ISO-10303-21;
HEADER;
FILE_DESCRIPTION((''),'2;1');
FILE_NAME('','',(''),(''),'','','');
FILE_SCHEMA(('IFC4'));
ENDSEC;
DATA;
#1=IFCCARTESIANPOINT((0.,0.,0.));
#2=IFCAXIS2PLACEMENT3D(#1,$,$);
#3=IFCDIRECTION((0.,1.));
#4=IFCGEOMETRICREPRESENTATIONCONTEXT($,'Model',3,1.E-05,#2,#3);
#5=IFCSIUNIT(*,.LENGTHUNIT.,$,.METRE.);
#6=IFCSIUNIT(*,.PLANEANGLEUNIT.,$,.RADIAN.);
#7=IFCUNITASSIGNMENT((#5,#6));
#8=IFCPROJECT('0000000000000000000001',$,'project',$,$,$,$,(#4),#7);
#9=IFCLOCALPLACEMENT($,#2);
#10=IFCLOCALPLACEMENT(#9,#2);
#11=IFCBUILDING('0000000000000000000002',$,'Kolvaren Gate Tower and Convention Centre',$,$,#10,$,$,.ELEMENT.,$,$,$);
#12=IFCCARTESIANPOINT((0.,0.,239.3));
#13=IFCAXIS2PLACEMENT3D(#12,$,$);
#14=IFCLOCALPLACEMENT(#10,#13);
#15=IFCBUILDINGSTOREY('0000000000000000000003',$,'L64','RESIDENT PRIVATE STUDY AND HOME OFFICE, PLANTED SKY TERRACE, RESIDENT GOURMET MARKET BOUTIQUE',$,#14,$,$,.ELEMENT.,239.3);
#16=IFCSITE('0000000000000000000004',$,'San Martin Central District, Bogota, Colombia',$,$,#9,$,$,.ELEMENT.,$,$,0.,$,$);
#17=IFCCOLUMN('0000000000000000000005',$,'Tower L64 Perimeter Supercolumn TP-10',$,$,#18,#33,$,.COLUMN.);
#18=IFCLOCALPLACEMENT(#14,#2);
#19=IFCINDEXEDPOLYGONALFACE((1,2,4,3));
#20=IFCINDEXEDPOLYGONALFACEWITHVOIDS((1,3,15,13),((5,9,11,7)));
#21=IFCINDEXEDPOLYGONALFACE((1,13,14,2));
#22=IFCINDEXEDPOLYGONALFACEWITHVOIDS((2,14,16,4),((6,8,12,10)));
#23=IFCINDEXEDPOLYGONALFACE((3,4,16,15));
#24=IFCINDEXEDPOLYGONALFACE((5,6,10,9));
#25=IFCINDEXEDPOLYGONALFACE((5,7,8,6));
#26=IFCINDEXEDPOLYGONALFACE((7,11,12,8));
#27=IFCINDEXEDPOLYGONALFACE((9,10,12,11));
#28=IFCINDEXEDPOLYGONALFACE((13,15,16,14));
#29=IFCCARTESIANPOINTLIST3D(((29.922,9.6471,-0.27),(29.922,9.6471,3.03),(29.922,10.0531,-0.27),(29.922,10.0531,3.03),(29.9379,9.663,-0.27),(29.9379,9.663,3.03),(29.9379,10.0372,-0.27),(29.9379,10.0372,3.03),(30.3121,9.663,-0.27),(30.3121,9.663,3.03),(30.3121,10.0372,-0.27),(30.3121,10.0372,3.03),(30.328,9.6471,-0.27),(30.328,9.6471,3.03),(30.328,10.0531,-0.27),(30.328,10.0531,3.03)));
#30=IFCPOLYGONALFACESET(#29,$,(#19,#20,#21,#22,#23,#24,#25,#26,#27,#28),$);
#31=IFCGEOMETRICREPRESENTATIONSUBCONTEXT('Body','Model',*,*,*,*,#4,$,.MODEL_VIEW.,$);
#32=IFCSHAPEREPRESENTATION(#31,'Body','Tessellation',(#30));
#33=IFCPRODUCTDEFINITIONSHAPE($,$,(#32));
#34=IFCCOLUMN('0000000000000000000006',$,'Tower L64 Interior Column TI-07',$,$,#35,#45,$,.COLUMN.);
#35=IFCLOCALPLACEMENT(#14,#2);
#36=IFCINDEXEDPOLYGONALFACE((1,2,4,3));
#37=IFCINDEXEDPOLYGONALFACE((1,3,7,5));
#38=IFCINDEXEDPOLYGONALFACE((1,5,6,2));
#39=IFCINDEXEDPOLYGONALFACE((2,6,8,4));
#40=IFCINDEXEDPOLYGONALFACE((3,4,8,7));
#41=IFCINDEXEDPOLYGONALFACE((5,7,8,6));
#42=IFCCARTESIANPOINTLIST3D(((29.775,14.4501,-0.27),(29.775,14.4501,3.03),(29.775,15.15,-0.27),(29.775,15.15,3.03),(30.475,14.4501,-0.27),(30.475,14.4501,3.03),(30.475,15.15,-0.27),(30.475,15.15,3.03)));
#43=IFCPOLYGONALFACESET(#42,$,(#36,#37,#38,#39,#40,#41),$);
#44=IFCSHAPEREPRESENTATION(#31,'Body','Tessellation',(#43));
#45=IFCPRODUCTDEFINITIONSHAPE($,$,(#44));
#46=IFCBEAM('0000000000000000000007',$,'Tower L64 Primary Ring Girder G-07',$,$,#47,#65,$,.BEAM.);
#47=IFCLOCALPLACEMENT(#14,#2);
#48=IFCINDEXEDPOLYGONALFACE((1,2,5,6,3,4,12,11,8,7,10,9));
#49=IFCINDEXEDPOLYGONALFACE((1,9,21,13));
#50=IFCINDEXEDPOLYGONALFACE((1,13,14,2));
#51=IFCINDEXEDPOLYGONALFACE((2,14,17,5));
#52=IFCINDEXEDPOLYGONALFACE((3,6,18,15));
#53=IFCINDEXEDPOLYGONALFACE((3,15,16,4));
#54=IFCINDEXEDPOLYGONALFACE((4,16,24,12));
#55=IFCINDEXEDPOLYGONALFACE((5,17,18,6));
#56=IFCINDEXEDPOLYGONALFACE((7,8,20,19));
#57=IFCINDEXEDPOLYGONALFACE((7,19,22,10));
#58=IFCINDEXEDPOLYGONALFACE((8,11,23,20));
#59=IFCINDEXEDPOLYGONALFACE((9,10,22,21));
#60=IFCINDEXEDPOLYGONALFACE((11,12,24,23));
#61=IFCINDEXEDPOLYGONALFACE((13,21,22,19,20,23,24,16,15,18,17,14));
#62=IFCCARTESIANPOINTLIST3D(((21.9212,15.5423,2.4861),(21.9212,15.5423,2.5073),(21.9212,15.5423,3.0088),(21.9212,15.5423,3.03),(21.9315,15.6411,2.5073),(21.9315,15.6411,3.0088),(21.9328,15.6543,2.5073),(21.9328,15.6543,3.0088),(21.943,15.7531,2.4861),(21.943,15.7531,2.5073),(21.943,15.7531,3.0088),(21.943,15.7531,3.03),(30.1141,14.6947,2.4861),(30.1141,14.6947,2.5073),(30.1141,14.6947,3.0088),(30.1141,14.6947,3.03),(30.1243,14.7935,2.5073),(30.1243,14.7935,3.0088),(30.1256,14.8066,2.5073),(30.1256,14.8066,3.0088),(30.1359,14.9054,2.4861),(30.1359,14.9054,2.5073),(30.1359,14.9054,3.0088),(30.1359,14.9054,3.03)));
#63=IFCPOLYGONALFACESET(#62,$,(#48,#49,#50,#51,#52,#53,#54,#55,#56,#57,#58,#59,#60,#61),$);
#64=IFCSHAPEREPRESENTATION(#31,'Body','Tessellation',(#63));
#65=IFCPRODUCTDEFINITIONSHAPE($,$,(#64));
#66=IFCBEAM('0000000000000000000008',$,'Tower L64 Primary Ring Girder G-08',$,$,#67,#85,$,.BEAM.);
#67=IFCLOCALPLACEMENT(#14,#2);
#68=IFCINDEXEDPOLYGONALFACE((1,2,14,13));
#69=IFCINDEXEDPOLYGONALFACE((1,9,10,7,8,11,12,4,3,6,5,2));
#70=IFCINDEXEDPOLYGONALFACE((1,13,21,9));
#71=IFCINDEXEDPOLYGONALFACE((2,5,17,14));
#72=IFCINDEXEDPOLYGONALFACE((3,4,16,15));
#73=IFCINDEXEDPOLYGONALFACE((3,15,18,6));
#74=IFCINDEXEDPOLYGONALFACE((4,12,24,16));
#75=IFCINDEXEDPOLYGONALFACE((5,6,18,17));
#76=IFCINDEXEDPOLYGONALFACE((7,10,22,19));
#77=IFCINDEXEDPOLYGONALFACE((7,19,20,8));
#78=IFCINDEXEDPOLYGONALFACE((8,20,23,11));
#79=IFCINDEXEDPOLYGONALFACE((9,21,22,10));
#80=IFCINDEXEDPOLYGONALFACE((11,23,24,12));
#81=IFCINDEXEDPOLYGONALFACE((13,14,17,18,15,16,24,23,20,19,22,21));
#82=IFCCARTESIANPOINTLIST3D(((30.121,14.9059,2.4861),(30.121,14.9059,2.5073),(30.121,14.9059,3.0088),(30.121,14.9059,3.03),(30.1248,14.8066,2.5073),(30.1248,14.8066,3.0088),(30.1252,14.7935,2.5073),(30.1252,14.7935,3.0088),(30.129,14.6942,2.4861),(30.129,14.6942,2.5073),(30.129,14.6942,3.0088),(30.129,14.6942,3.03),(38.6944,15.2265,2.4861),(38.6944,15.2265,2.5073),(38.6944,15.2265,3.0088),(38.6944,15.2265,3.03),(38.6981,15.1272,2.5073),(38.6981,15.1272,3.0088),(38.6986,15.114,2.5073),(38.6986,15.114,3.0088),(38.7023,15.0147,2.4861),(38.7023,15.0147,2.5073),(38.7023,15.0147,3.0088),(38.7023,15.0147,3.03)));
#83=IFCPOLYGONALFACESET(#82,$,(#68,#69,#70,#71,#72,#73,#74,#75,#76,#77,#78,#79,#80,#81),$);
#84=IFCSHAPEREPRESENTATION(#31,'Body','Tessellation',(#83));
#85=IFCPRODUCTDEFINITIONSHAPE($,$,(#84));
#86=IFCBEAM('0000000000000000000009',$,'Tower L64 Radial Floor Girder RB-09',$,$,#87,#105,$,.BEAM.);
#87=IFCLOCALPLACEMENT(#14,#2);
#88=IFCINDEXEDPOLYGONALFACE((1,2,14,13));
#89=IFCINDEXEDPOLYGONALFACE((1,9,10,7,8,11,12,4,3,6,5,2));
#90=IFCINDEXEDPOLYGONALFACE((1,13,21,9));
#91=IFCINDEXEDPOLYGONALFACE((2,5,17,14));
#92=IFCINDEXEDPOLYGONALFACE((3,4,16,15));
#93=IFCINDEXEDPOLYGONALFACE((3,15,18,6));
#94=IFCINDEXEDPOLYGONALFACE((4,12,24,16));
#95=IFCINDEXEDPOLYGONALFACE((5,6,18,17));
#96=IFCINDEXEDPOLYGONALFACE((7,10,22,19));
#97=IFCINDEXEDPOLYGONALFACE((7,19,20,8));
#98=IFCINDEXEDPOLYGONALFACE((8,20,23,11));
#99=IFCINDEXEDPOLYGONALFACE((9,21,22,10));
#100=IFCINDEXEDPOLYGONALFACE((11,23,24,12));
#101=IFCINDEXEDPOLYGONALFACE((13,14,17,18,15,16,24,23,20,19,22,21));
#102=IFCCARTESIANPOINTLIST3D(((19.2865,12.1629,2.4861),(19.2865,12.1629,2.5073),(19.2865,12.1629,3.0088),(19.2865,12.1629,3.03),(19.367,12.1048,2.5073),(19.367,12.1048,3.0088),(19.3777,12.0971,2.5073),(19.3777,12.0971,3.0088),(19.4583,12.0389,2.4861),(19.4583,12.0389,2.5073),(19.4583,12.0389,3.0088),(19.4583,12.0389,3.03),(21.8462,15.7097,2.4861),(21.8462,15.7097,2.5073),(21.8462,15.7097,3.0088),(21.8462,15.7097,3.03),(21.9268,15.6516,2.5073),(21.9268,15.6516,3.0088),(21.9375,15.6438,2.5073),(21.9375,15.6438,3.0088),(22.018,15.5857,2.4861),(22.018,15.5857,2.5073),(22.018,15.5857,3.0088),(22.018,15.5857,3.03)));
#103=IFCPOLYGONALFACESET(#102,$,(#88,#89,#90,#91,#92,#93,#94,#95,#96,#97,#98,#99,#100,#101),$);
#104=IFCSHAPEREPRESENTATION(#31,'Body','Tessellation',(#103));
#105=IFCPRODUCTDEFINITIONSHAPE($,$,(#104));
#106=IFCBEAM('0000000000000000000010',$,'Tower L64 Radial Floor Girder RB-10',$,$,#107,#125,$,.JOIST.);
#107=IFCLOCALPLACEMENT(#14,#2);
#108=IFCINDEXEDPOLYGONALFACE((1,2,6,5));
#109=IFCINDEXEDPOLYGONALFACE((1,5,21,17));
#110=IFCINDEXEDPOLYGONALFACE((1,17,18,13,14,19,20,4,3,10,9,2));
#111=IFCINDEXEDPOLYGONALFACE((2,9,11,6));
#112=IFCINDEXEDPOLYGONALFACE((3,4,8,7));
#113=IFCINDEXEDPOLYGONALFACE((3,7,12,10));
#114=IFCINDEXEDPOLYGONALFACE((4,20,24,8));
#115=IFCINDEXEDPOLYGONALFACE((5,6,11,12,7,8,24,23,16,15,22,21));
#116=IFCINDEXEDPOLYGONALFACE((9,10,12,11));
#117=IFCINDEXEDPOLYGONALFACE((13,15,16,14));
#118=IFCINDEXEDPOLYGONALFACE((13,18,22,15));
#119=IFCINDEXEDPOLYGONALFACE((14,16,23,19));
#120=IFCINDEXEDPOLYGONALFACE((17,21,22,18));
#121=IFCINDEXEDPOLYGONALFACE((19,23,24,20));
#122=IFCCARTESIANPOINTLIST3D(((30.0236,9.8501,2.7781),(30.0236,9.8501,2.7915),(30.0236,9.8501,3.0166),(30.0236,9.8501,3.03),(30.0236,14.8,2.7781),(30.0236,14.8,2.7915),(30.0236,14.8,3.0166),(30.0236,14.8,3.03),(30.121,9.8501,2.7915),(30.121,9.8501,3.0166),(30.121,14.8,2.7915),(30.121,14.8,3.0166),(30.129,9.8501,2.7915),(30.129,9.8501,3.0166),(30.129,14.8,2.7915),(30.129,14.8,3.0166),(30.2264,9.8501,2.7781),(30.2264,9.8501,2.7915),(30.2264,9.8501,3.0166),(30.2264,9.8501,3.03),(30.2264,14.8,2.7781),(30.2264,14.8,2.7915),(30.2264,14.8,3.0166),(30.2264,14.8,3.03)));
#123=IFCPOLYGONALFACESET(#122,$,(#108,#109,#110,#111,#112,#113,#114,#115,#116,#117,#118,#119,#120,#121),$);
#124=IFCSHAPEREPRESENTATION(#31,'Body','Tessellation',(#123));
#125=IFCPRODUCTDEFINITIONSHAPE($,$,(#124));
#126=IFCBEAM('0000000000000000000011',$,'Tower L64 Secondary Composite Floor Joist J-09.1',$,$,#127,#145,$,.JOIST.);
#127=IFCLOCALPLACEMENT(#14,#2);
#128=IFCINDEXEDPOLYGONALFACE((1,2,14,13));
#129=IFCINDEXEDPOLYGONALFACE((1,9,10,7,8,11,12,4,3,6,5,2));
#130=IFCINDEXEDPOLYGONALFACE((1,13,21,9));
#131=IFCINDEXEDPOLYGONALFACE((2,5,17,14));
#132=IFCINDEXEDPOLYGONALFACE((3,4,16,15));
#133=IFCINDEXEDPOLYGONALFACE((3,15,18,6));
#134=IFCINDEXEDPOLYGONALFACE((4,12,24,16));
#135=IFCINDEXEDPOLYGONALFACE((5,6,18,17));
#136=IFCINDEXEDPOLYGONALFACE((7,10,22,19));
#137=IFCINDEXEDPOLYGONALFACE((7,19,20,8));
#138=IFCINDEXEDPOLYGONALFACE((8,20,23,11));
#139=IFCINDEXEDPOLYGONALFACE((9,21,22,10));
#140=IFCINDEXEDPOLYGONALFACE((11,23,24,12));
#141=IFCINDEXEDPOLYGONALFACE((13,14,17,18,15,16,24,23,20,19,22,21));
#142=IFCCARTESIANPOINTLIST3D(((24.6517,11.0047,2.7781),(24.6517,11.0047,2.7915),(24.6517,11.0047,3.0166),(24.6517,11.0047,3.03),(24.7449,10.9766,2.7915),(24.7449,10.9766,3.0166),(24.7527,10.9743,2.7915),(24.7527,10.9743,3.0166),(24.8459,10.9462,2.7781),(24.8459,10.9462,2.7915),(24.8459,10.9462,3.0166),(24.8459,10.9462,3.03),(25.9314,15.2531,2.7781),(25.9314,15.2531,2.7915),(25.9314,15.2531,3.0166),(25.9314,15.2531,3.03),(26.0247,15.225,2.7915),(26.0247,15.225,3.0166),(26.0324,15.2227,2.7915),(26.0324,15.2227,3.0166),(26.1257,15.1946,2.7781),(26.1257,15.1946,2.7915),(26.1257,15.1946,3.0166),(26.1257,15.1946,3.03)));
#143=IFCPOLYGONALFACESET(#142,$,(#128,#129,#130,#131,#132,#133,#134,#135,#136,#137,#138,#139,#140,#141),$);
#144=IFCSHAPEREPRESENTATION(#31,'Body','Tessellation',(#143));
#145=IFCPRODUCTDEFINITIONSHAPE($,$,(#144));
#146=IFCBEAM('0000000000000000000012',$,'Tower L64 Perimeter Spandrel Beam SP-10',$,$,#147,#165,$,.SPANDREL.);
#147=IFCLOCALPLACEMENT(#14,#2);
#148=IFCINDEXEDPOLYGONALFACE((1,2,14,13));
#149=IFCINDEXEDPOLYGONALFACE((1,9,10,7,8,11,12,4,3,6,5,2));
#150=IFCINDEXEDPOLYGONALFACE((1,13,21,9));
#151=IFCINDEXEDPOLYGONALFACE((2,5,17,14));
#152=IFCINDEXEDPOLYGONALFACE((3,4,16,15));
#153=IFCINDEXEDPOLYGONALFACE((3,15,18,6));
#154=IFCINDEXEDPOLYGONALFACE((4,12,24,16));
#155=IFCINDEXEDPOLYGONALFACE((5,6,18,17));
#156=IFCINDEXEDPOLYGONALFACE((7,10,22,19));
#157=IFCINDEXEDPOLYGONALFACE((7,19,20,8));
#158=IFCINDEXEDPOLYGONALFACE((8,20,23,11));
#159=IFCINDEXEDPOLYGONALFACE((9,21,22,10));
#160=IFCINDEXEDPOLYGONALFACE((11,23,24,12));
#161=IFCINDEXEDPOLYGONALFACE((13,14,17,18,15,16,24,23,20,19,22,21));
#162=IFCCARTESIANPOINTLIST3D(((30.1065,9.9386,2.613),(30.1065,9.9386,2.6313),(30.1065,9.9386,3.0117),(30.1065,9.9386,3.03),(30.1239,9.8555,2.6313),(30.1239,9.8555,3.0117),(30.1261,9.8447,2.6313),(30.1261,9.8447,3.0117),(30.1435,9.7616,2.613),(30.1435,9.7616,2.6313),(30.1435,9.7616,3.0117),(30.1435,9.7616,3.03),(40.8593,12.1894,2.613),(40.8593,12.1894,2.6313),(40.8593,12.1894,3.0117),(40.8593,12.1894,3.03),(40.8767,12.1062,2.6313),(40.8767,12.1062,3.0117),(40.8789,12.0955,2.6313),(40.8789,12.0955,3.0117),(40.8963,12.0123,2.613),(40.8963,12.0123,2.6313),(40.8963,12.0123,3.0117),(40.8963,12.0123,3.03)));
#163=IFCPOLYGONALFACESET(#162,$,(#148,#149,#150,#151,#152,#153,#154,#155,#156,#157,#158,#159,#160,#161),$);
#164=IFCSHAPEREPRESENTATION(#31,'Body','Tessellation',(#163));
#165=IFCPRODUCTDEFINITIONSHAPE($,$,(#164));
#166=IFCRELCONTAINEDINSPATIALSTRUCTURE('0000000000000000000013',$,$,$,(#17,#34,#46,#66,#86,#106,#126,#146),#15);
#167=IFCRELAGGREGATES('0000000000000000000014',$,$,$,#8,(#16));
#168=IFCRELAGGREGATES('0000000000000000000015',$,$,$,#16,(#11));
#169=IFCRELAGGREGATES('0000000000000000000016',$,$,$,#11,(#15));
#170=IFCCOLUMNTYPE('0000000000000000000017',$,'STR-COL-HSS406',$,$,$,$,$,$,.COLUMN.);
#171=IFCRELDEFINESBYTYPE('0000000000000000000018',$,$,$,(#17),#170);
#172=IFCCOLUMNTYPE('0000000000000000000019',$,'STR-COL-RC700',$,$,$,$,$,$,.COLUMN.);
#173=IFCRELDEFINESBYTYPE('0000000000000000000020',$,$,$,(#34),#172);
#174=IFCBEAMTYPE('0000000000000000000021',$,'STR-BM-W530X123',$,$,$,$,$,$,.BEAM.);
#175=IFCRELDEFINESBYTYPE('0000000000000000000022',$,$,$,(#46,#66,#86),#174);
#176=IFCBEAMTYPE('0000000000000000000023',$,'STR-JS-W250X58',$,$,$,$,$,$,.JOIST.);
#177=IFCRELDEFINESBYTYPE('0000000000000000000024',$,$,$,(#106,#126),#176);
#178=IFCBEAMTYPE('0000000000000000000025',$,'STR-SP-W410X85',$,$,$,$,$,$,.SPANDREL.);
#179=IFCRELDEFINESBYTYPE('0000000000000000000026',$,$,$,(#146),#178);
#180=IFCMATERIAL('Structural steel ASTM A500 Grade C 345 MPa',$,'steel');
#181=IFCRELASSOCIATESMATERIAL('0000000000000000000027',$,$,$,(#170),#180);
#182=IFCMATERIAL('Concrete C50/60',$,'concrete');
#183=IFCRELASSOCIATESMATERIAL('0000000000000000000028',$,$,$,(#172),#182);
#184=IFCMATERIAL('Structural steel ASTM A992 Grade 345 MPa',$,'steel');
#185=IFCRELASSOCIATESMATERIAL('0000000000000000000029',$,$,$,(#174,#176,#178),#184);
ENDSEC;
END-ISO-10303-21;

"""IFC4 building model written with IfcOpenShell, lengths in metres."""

from ifc_helpers import new_model, si_unit, direction, frame, origin, origin_2d, place, context, subcontext, project, spatial, rectangle, hollow_rectangle, i_section, extrude, material, material_profile, profile_set, type_object, element, save


model = new_model("IFC4")

# Units and contexts
model_context = context("Model", 3, precision=1e-05, world=origin(), true_north=direction((0.0, 1.0)))
body_context = subcontext(model_context, "Body", "Model", "MODEL_VIEW")
ifc_project = project(units=[si_unit("LENGTHUNIT", "METRE"), si_unit("PLANEANGLEUNIT", "RADIAN")], contexts=[model_context])

# Site, building, storey
site_placement = place(None, origin())
site = spatial("IfcSite", under=ifc_project, at=site_placement, Name="San Martin Central District, Bogota, Colombia", CompositionType="ELEMENT", RefElevation=0.0)
building_placement = place(site_placement, origin())
building = spatial("IfcBuilding", under=site, at=building_placement, Name="Kolvaren Gate Tower and Convention Centre", CompositionType="ELEMENT")
storey_placement = place(building_placement, frame((0.0, 0.0, 239.3)))
storey = spatial("IfcBuildingStorey", under=building, at=storey_placement, Name="L64", Description="RESIDENT PRIVATE STUDY AND HOME OFFICE, PLANTED SKY TERRACE, RESIDENT GOURMET MARKET BOUTIQUE", CompositionType="ELEMENT", Elevation=239.3)

# Columns
ifc_material_1 = material(Name="Structural steel ASTM A500 Grade C 345 MPa", Category="steel")
ifc_material_profile_1 = material_profile(ifc_material_1, hollow_rectangle(XDim=0.406, YDim=0.406, WallThickness=0.0159, at=origin_2d()), Name="HSS406X406X15.9")
ifc_profile_set_1 = profile_set([ifc_material_profile_1], Name="Structural steel ASTM A500 Grade C 345 MPa")
column_type_1 = type_object("IfcColumnType", Name="STR-COL-HSS406", PredefinedType="COLUMN", material=ifc_profile_set_1)
column_1_placement = place(storey_placement, frame((30.125, 9.8501, -0.27), z_axis=(0.0, 0.0, 1.0), x_axis=(1.0, 0.0, 0.0)))
element("IfcColumn", 1, at=column_1_placement, inside=storey, type_object=column_type_1, Name="Tower L64 Perimeter Supercolumn TP-10", PredefinedType="COLUMN", context=body_context, shape_type="SweptSolid", body=[
    extrude(hollow_rectangle(XDim=0.406, YDim=0.406, WallThickness=0.0159, at=origin_2d()), origin(), (0.0, 0.0, 1.0), 3.3),
])
ifc_material_2 = material(Name="Concrete C50/60", Category="concrete")
ifc_material_profile_2 = material_profile(ifc_material_2, rectangle(XDim=0.7, YDim=0.7, at=origin_2d()), Name="RC-COL-700X700")
ifc_profile_set_2 = profile_set([ifc_material_profile_2], Name="Concrete C50/60")
column_type_2 = type_object("IfcColumnType", Name="STR-COL-RC700", PredefinedType="COLUMN", material=ifc_profile_set_2)
column_2_placement = place(storey_placement, frame((30.125, 14.8, -0.27), z_axis=(0.0, 0.0, 1.0), x_axis=(1.0, 0.0, 0.0)))
element("IfcColumn", 2, at=column_2_placement, inside=storey, type_object=column_type_2, Name="Tower L64 Interior Column TI-07", PredefinedType="COLUMN", context=body_context, shape_type="SweptSolid", body=[
    extrude(rectangle(XDim=0.7, YDim=0.7, at=origin_2d()), origin(), (0.0, 0.0, 1.0), 3.3),
])

# Beams
ifc_material_3 = material(Name="Structural steel ASTM A992 Grade 345 MPa", Category="steel")
ifc_material_profile_3 = material_profile(ifc_material_3, i_section(OverallWidth=0.2119, OverallDepth=0.5439, WebThickness=0.0132, FlangeThickness=0.0212, at=origin_2d()), Name="W530X123")
ifc_profile_set_3 = profile_set([ifc_material_profile_3], Name="Structural steel ASTM A992 Grade 345 MPa")
beam_type_1 = type_object("IfcBeamType", Name="STR-BM-W530X123", PredefinedType="BEAM", material=ifc_profile_set_3)
beam_1_placement = place(storey_placement, frame((21.9321, 15.6477, 2.7581), z_axis=(0.99469, -0.102913, 0.0), x_axis=(0.102913, 0.99469, 0.0)))
element("IfcBeam", 3, at=beam_1_placement, inside=storey, type_object=beam_type_1, Name="Tower L64 Primary Ring Girder G-07", PredefinedType="BEAM", context=body_context, shape_type="SweptSolid", body=[
    extrude(i_section(OverallWidth=0.2119, OverallDepth=0.5439, WebThickness=0.0132, FlangeThickness=0.0212, at=origin_2d()), origin(), (0.0, 0.0, 1.0), 8.2366),
])
beam_2_placement = place(storey_placement, frame((30.125, 14.8, 2.7581), z_axis=(0.999302, 0.037364, 0.0), x_axis=(-0.037364, 0.999302, 0.0)))
element("IfcBeam", 4, at=beam_2_placement, inside=storey, type_object=beam_type_1, Name="Tower L64 Primary Ring Girder G-08", PredefinedType="BEAM", context=body_context, shape_type="SweptSolid", body=[
    extrude(i_section(OverallWidth=0.2119, OverallDepth=0.5439, WebThickness=0.0132, FlangeThickness=0.0212, at=origin_2d()), origin(), (0.0, 0.0, 1.0), 8.5793),
])
beam_3_placement = place(storey_placement, frame((21.9321, 15.6477, 2.7581), z_axis=(-0.585217, -0.810876, 0.0), x_axis=(0.810876, -0.585217, 0.0)))
element("IfcBeam", 5, at=beam_3_placement, inside=storey, type_object=beam_type_1, Name="Tower L64 Radial Floor Girder RB-09", PredefinedType="BEAM", context=body_context, shape_type="SweptSolid", body=[
    extrude(i_section(OverallWidth=0.2119, OverallDepth=0.5439, WebThickness=0.0132, FlangeThickness=0.0212, at=origin_2d()), origin(), (0.0, 0.0, 1.0), 4.374),
])
ifc_material_profile_4 = material_profile(ifc_material_3, i_section(OverallWidth=0.2029, OverallDepth=0.252, WebThickness=0.0081, FlangeThickness=0.0134, at=origin_2d()), Name="W250X58")
ifc_profile_set_4 = profile_set([ifc_material_profile_4], Name="Structural steel ASTM A992 Grade 345 MPa")
beam_type_2 = type_object("IfcBeamType", Name="STR-JS-W250X58", PredefinedType="JOIST", material=ifc_profile_set_4)
beam_4_placement = place(storey_placement, frame((30.125, 14.8, 2.9041), z_axis=(0.0, -1.0, 0.0), x_axis=(1.0, 0.0, 0.0)))
element("IfcBeam", 6, at=beam_4_placement, inside=storey, type_object=beam_type_2, Name="Tower L64 Radial Floor Girder RB-10", PredefinedType="JOIST", context=body_context, shape_type="SweptSolid", body=[
    extrude(i_section(OverallWidth=0.2029, OverallDepth=0.252, WebThickness=0.0081, FlangeThickness=0.0134, at=origin_2d()), origin(), (0.0, 0.0, 1.0), 4.95),
])
beam_5_placement = place(storey_placement, frame((26.0286, 15.2239, 2.9041), z_axis=(-0.288428, -0.957502, 0.0), x_axis=(0.957502, -0.288428, 0.0)))
element("IfcBeam", 7, at=beam_5_placement, inside=storey, type_object=beam_type_2, Name="Tower L64 Secondary Composite Floor Joist J-09.1", PredefinedType="JOIST", context=body_context, shape_type="SweptSolid", body=[
    extrude(i_section(OverallWidth=0.2029, OverallDepth=0.252, WebThickness=0.0081, FlangeThickness=0.0134, at=origin_2d()), origin(), (0.0, 0.0, 1.0), 4.437),
])
ifc_material_profile_5 = material_profile(ifc_material_3, i_section(OverallWidth=0.1809, OverallDepth=0.417, WebThickness=0.011, FlangeThickness=0.0183, at=origin_2d()), Name="W410X85")
ifc_profile_set_5 = profile_set([ifc_material_profile_5], Name="Structural steel ASTM A992 Grade 345 MPa")
beam_type_3 = type_object("IfcBeamType", Name="STR-SP-W410X85", PredefinedType="SPANDREL", material=ifc_profile_set_5)
beam_6_placement = place(storey_placement, frame((30.125, 9.8501, 2.8215), z_axis=(0.978788, 0.204878, 0.0), x_axis=(-0.204878, 0.978788, 0.0)))
element("IfcBeam", 8, at=beam_6_placement, inside=storey, type_object=beam_type_3, Name="Tower L64 Perimeter Spandrel Beam SP-10", PredefinedType="SPANDREL", context=body_context, shape_type="SweptSolid", body=[
    extrude(i_section(OverallWidth=0.1809, OverallDepth=0.417, WebThickness=0.011, FlangeThickness=0.0183, at=origin_2d()), origin(), (0.0, 0.0, 1.0), 10.9858),
])

save(model, "model.ifc")
